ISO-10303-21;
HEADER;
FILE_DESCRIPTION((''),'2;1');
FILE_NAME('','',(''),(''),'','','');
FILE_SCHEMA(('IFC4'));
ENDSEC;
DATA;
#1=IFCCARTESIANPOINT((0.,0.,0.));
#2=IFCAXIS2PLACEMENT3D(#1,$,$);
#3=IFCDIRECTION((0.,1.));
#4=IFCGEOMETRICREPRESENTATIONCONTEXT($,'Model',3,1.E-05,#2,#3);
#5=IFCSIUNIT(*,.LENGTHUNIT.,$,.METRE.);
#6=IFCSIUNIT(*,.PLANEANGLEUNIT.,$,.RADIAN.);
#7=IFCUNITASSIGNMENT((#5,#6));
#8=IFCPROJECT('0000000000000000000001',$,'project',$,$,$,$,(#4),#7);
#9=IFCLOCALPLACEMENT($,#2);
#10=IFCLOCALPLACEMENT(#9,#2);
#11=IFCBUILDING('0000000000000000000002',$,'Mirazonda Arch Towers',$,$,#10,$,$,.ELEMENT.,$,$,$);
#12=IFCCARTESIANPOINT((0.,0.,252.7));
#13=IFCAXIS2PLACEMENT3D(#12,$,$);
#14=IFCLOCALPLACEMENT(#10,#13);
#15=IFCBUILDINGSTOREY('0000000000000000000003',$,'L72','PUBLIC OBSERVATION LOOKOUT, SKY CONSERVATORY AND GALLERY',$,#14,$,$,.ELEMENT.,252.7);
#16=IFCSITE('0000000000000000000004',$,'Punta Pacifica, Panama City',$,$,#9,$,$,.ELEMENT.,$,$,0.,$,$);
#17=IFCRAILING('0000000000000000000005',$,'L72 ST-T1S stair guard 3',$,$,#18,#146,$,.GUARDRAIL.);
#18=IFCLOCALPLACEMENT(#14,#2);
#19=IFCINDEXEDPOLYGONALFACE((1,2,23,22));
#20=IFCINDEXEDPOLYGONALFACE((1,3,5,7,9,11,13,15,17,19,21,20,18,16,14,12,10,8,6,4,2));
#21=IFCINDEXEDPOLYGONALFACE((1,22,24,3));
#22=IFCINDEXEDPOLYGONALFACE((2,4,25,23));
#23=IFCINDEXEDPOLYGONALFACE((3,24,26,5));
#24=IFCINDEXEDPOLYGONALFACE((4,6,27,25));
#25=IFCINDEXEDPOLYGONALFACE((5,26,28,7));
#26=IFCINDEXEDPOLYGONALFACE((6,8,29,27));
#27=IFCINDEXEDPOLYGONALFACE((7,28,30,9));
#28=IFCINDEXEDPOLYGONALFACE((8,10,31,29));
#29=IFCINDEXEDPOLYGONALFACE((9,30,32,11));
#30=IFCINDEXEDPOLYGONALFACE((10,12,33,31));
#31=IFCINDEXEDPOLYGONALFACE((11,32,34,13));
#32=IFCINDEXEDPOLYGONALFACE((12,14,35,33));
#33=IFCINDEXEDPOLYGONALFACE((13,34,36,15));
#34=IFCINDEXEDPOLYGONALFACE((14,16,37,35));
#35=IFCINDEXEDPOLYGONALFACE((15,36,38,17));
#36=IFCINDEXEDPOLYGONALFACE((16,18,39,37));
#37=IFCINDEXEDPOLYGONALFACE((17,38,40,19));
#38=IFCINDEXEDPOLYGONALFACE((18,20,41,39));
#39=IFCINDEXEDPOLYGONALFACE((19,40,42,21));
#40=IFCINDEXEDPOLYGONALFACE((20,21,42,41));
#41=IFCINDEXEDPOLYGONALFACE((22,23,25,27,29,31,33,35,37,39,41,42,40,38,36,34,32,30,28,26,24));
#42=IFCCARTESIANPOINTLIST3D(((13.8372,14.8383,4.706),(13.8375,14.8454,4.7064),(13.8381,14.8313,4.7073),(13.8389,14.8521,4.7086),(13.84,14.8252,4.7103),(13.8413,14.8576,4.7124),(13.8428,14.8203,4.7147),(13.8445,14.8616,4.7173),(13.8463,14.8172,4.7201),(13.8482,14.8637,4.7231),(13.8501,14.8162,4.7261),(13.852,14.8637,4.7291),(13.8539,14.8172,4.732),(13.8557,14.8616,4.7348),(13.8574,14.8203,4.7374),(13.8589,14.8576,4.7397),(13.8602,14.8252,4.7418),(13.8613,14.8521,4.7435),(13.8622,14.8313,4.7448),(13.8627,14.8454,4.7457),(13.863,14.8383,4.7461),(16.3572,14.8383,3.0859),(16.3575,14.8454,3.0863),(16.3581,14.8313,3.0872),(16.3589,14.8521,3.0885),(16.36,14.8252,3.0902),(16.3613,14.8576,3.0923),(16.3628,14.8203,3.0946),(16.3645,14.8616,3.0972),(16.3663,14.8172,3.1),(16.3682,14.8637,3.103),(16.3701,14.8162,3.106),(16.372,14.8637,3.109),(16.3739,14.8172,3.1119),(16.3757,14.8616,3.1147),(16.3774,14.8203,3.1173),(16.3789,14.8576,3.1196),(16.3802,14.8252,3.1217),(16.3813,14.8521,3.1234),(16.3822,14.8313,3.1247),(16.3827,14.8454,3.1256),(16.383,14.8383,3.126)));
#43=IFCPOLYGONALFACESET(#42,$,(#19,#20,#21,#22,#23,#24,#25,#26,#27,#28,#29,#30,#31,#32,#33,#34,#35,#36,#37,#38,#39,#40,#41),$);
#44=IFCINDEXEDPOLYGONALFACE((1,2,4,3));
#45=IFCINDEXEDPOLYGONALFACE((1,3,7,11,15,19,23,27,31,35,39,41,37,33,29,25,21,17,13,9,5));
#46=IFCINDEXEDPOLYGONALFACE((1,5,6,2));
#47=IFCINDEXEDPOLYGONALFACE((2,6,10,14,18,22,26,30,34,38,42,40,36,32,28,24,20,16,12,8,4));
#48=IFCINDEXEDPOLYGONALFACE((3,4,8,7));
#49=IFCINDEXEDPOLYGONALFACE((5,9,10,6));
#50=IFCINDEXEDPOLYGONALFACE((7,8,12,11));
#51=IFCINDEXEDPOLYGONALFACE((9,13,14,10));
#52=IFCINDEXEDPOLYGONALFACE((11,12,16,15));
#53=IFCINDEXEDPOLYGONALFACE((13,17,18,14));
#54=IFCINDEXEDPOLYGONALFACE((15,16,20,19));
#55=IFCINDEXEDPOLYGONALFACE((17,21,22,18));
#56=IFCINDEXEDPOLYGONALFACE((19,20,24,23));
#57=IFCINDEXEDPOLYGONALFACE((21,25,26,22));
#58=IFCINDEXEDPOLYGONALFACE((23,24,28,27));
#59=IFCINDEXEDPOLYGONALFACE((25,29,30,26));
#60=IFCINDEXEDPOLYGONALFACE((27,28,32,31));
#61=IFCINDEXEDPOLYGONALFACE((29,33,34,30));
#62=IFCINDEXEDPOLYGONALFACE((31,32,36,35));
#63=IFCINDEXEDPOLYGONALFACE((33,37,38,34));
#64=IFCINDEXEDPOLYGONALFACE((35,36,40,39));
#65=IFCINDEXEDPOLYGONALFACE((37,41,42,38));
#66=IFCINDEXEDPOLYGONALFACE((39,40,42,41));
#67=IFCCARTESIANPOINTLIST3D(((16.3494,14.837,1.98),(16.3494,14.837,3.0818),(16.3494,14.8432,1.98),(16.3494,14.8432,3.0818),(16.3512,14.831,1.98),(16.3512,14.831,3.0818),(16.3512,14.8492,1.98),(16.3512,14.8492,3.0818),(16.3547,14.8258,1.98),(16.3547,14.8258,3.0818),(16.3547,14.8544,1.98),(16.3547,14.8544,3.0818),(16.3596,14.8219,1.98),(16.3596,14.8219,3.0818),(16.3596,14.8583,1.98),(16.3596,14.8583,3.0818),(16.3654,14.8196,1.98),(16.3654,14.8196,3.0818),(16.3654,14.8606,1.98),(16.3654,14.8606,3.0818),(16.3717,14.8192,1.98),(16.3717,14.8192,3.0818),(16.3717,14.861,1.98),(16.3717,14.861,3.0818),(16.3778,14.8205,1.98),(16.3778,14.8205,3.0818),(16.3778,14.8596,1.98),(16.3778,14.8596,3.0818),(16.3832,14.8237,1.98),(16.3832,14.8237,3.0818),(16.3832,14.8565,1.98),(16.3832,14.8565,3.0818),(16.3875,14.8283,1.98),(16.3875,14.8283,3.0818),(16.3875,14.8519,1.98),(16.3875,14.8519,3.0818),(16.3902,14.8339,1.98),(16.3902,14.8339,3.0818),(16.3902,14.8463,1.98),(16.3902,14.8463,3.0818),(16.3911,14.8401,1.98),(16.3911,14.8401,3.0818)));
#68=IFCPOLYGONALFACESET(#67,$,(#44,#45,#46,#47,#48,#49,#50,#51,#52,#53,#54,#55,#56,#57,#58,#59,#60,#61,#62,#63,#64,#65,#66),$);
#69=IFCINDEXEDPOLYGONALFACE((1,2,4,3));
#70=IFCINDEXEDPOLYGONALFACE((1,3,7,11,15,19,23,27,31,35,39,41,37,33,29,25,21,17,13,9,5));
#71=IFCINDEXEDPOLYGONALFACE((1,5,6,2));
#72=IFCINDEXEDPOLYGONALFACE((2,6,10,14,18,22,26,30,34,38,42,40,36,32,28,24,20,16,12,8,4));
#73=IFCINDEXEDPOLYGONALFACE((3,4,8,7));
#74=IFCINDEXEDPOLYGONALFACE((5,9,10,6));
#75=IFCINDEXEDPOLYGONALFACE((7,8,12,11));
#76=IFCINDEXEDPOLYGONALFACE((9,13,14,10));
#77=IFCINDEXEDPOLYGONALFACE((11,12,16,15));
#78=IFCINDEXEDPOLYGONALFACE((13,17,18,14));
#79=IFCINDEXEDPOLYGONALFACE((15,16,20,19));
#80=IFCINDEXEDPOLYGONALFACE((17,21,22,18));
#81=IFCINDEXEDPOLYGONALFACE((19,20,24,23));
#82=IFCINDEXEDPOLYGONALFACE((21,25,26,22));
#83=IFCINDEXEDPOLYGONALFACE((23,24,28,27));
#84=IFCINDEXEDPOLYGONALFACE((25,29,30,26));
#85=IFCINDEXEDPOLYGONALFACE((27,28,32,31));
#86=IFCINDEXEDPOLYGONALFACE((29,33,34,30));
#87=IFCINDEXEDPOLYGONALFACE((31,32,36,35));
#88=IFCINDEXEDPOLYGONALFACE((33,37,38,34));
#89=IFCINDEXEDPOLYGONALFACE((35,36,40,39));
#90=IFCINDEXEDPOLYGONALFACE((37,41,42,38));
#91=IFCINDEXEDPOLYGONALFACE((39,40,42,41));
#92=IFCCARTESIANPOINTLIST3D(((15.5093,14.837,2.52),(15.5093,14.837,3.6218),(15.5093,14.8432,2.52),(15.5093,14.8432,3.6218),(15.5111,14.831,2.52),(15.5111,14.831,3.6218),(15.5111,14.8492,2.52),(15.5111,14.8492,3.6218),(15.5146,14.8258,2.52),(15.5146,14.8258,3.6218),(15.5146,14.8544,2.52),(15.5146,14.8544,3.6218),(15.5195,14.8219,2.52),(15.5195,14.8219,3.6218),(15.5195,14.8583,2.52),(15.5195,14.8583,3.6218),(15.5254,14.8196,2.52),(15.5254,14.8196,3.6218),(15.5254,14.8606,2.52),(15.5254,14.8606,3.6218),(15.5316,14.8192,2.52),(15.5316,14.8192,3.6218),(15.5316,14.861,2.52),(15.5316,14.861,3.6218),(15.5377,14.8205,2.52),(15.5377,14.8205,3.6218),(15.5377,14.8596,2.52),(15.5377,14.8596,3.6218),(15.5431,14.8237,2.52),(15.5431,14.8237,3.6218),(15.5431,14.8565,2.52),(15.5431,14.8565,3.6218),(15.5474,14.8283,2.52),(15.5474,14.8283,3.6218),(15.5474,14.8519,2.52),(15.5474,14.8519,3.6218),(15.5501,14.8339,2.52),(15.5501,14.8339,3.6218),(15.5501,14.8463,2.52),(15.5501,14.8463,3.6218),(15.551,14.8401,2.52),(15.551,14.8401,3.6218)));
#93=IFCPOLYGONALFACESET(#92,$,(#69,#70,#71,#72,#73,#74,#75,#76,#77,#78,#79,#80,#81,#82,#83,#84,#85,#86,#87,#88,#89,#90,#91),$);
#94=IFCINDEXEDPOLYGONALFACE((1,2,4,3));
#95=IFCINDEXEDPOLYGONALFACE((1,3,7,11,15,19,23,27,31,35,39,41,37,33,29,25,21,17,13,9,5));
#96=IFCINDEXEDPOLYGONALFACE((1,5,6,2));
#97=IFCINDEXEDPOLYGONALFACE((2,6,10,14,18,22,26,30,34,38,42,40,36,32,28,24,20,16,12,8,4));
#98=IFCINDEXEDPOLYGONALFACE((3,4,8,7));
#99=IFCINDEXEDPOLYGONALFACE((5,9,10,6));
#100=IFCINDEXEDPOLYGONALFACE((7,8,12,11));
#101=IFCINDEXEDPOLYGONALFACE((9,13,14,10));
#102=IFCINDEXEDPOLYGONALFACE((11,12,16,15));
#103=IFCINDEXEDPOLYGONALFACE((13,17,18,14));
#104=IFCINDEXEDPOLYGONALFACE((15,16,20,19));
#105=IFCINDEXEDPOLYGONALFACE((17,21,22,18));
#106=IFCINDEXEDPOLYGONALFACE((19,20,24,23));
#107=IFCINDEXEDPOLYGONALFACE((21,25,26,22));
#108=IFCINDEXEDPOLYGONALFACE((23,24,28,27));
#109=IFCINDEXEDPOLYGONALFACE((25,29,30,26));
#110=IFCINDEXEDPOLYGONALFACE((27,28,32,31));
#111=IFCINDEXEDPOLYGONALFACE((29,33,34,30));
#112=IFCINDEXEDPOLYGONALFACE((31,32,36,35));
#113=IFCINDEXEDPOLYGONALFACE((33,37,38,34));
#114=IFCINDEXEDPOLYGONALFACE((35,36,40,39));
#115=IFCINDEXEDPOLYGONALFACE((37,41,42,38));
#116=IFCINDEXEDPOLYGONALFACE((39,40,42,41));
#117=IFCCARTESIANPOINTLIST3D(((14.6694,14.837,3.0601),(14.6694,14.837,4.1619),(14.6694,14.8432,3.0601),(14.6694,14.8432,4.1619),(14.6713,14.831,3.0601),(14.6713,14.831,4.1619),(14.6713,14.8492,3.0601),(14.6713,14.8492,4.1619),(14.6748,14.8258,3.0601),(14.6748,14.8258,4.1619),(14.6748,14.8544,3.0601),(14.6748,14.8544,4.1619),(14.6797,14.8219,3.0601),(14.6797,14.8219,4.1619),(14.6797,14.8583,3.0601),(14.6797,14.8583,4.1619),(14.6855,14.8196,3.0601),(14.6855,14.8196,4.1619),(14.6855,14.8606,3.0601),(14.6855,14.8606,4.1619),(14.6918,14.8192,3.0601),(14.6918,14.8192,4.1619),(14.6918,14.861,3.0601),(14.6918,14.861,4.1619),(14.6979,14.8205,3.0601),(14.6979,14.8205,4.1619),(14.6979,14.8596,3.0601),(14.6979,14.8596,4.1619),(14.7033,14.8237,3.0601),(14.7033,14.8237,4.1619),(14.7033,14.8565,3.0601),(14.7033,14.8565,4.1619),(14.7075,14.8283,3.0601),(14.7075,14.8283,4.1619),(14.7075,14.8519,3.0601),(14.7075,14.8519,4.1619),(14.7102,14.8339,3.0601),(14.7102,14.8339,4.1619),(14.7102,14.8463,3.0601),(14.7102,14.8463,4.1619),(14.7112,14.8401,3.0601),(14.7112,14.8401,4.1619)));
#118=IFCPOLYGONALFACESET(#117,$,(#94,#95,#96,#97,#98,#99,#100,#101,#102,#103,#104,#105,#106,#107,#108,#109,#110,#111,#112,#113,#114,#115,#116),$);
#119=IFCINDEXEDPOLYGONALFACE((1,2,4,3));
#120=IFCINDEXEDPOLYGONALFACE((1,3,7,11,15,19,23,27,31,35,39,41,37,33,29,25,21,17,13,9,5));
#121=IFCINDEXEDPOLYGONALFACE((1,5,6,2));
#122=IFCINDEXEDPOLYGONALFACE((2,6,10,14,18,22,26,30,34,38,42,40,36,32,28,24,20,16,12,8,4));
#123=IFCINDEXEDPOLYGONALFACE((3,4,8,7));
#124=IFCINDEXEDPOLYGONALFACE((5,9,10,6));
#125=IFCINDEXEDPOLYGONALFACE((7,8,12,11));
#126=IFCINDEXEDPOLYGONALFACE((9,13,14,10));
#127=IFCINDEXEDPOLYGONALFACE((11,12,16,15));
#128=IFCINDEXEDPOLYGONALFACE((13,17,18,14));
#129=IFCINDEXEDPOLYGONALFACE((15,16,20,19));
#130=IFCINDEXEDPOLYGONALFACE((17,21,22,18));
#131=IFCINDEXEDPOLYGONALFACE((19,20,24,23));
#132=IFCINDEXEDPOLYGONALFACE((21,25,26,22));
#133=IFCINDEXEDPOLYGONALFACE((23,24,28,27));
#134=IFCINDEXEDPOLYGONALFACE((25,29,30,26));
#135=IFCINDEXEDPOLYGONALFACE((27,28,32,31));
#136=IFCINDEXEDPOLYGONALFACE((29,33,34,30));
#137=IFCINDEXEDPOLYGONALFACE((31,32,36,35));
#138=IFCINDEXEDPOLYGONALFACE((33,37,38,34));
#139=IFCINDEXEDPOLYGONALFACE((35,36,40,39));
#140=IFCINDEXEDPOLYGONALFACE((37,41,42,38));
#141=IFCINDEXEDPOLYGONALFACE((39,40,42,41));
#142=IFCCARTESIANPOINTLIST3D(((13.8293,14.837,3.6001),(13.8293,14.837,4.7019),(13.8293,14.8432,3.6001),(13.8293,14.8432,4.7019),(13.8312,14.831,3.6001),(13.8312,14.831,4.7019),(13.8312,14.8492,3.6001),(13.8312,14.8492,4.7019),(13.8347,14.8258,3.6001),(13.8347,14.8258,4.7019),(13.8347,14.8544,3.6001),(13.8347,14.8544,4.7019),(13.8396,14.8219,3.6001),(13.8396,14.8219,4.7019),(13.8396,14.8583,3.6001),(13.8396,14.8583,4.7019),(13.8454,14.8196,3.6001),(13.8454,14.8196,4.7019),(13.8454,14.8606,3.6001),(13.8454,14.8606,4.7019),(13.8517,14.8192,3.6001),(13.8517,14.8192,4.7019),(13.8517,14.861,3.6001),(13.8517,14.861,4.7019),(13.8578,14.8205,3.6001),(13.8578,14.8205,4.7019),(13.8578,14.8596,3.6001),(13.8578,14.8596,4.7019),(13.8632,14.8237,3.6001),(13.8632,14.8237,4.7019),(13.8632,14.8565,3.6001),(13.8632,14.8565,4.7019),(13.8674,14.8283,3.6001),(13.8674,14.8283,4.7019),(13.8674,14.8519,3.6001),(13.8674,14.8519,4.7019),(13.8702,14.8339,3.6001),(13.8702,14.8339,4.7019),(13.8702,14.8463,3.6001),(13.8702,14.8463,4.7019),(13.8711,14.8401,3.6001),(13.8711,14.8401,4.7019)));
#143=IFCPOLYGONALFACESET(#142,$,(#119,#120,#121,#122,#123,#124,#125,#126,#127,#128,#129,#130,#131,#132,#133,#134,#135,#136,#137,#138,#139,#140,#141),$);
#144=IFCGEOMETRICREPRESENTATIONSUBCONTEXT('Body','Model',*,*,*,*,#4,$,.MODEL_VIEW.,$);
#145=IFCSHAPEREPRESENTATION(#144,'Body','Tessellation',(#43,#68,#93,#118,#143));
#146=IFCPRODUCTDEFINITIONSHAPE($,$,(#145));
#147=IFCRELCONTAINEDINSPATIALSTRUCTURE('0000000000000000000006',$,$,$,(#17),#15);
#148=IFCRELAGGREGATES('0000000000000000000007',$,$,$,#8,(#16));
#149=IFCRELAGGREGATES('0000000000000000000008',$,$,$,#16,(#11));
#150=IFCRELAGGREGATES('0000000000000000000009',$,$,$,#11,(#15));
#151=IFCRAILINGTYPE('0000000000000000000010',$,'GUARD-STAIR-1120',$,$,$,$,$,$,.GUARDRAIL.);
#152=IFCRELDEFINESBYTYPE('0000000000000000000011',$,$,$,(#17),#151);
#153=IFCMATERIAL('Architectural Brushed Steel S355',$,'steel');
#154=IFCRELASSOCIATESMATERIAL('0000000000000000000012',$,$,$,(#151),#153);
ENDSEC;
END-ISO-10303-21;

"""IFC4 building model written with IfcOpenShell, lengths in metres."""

from ifc_helpers import new_model, si_unit, direction, frame, origin, origin_2d, place, context, subcontext, project, spatial, circle, extrude, material, type_object, element, save


model = new_model("IFC4")

# Units and contexts
model_context = context("Model", 3, precision=1e-05, world=origin(), true_north=direction((0.0, 1.0)))
body_context = subcontext(model_context, "Body", "Model", "MODEL_VIEW")
ifc_project = project(units=[si_unit("LENGTHUNIT", "METRE"), si_unit("PLANEANGLEUNIT", "RADIAN")], contexts=[model_context])

# Site, building, storey
site_placement = place(None, origin())
site = spatial("IfcSite", under=ifc_project, at=site_placement, Name="Punta Pacifica, Panama City", CompositionType="ELEMENT", RefElevation=0.0)
building_placement = place(site_placement, origin())
building = spatial("IfcBuilding", under=site, at=building_placement, Name="Mirazonda Arch Towers", CompositionType="ELEMENT")
storey_placement = place(building_placement, frame((0.0, 0.0, 252.7)))
storey = spatial("IfcBuildingStorey", under=building, at=storey_placement, Name="L72", Description="PUBLIC OBSERVATION LOOKOUT, SKY CONSERVATORY AND GALLERY", CompositionType="ELEMENT", Elevation=252.7)

# Railing
ifc_material_1 = material(Name="Architectural Brushed Steel S355", Category="steel")
railing_type_1 = type_object("IfcRailingType", Name="GUARD-STAIR-1120", PredefinedType="GUARDRAIL", material=ifc_material_1)
railing_1_placement = place(storey_placement, frame((16.3701, 14.8401, 1.98)))
element("IfcRailing", 1, at=railing_1_placement, inside=storey, type_object=railing_type_1, Name="L72 ST-T1S stair guard 3", PredefinedType="GUARDRAIL", context=body_context, shape_type="SweptSolid", body=[
    extrude(circle(Radius=0.0239, at=origin_2d()), frame((0.0, 0.0, 1.126), z_axis=(-0.841163, 0.0, 0.540782), x_axis=(0.0, -1.0, 0.0)), (0.0, 0.0, 1.0), 2.9958),
    extrude(circle(Radius=0.021, at=origin_2d()), origin(), (0.0, 0.0, 1.0), 1.1018),
    extrude(circle(Radius=0.021, at=origin_2d()), frame((-0.8401, 0.0, 0.54)), (0.0, 0.0, 1.0), 1.1018),
    extrude(circle(Radius=0.021, at=origin_2d()), frame((-1.6799, 0.0, 1.0801)), (0.0, 0.0, 1.0), 1.1018),
    extrude(circle(Radius=0.021, at=origin_2d()), frame((-2.52, 0.0, 1.6201)), (0.0, 0.0, 1.0), 1.1018),
])

save(model, "model.ifc")
